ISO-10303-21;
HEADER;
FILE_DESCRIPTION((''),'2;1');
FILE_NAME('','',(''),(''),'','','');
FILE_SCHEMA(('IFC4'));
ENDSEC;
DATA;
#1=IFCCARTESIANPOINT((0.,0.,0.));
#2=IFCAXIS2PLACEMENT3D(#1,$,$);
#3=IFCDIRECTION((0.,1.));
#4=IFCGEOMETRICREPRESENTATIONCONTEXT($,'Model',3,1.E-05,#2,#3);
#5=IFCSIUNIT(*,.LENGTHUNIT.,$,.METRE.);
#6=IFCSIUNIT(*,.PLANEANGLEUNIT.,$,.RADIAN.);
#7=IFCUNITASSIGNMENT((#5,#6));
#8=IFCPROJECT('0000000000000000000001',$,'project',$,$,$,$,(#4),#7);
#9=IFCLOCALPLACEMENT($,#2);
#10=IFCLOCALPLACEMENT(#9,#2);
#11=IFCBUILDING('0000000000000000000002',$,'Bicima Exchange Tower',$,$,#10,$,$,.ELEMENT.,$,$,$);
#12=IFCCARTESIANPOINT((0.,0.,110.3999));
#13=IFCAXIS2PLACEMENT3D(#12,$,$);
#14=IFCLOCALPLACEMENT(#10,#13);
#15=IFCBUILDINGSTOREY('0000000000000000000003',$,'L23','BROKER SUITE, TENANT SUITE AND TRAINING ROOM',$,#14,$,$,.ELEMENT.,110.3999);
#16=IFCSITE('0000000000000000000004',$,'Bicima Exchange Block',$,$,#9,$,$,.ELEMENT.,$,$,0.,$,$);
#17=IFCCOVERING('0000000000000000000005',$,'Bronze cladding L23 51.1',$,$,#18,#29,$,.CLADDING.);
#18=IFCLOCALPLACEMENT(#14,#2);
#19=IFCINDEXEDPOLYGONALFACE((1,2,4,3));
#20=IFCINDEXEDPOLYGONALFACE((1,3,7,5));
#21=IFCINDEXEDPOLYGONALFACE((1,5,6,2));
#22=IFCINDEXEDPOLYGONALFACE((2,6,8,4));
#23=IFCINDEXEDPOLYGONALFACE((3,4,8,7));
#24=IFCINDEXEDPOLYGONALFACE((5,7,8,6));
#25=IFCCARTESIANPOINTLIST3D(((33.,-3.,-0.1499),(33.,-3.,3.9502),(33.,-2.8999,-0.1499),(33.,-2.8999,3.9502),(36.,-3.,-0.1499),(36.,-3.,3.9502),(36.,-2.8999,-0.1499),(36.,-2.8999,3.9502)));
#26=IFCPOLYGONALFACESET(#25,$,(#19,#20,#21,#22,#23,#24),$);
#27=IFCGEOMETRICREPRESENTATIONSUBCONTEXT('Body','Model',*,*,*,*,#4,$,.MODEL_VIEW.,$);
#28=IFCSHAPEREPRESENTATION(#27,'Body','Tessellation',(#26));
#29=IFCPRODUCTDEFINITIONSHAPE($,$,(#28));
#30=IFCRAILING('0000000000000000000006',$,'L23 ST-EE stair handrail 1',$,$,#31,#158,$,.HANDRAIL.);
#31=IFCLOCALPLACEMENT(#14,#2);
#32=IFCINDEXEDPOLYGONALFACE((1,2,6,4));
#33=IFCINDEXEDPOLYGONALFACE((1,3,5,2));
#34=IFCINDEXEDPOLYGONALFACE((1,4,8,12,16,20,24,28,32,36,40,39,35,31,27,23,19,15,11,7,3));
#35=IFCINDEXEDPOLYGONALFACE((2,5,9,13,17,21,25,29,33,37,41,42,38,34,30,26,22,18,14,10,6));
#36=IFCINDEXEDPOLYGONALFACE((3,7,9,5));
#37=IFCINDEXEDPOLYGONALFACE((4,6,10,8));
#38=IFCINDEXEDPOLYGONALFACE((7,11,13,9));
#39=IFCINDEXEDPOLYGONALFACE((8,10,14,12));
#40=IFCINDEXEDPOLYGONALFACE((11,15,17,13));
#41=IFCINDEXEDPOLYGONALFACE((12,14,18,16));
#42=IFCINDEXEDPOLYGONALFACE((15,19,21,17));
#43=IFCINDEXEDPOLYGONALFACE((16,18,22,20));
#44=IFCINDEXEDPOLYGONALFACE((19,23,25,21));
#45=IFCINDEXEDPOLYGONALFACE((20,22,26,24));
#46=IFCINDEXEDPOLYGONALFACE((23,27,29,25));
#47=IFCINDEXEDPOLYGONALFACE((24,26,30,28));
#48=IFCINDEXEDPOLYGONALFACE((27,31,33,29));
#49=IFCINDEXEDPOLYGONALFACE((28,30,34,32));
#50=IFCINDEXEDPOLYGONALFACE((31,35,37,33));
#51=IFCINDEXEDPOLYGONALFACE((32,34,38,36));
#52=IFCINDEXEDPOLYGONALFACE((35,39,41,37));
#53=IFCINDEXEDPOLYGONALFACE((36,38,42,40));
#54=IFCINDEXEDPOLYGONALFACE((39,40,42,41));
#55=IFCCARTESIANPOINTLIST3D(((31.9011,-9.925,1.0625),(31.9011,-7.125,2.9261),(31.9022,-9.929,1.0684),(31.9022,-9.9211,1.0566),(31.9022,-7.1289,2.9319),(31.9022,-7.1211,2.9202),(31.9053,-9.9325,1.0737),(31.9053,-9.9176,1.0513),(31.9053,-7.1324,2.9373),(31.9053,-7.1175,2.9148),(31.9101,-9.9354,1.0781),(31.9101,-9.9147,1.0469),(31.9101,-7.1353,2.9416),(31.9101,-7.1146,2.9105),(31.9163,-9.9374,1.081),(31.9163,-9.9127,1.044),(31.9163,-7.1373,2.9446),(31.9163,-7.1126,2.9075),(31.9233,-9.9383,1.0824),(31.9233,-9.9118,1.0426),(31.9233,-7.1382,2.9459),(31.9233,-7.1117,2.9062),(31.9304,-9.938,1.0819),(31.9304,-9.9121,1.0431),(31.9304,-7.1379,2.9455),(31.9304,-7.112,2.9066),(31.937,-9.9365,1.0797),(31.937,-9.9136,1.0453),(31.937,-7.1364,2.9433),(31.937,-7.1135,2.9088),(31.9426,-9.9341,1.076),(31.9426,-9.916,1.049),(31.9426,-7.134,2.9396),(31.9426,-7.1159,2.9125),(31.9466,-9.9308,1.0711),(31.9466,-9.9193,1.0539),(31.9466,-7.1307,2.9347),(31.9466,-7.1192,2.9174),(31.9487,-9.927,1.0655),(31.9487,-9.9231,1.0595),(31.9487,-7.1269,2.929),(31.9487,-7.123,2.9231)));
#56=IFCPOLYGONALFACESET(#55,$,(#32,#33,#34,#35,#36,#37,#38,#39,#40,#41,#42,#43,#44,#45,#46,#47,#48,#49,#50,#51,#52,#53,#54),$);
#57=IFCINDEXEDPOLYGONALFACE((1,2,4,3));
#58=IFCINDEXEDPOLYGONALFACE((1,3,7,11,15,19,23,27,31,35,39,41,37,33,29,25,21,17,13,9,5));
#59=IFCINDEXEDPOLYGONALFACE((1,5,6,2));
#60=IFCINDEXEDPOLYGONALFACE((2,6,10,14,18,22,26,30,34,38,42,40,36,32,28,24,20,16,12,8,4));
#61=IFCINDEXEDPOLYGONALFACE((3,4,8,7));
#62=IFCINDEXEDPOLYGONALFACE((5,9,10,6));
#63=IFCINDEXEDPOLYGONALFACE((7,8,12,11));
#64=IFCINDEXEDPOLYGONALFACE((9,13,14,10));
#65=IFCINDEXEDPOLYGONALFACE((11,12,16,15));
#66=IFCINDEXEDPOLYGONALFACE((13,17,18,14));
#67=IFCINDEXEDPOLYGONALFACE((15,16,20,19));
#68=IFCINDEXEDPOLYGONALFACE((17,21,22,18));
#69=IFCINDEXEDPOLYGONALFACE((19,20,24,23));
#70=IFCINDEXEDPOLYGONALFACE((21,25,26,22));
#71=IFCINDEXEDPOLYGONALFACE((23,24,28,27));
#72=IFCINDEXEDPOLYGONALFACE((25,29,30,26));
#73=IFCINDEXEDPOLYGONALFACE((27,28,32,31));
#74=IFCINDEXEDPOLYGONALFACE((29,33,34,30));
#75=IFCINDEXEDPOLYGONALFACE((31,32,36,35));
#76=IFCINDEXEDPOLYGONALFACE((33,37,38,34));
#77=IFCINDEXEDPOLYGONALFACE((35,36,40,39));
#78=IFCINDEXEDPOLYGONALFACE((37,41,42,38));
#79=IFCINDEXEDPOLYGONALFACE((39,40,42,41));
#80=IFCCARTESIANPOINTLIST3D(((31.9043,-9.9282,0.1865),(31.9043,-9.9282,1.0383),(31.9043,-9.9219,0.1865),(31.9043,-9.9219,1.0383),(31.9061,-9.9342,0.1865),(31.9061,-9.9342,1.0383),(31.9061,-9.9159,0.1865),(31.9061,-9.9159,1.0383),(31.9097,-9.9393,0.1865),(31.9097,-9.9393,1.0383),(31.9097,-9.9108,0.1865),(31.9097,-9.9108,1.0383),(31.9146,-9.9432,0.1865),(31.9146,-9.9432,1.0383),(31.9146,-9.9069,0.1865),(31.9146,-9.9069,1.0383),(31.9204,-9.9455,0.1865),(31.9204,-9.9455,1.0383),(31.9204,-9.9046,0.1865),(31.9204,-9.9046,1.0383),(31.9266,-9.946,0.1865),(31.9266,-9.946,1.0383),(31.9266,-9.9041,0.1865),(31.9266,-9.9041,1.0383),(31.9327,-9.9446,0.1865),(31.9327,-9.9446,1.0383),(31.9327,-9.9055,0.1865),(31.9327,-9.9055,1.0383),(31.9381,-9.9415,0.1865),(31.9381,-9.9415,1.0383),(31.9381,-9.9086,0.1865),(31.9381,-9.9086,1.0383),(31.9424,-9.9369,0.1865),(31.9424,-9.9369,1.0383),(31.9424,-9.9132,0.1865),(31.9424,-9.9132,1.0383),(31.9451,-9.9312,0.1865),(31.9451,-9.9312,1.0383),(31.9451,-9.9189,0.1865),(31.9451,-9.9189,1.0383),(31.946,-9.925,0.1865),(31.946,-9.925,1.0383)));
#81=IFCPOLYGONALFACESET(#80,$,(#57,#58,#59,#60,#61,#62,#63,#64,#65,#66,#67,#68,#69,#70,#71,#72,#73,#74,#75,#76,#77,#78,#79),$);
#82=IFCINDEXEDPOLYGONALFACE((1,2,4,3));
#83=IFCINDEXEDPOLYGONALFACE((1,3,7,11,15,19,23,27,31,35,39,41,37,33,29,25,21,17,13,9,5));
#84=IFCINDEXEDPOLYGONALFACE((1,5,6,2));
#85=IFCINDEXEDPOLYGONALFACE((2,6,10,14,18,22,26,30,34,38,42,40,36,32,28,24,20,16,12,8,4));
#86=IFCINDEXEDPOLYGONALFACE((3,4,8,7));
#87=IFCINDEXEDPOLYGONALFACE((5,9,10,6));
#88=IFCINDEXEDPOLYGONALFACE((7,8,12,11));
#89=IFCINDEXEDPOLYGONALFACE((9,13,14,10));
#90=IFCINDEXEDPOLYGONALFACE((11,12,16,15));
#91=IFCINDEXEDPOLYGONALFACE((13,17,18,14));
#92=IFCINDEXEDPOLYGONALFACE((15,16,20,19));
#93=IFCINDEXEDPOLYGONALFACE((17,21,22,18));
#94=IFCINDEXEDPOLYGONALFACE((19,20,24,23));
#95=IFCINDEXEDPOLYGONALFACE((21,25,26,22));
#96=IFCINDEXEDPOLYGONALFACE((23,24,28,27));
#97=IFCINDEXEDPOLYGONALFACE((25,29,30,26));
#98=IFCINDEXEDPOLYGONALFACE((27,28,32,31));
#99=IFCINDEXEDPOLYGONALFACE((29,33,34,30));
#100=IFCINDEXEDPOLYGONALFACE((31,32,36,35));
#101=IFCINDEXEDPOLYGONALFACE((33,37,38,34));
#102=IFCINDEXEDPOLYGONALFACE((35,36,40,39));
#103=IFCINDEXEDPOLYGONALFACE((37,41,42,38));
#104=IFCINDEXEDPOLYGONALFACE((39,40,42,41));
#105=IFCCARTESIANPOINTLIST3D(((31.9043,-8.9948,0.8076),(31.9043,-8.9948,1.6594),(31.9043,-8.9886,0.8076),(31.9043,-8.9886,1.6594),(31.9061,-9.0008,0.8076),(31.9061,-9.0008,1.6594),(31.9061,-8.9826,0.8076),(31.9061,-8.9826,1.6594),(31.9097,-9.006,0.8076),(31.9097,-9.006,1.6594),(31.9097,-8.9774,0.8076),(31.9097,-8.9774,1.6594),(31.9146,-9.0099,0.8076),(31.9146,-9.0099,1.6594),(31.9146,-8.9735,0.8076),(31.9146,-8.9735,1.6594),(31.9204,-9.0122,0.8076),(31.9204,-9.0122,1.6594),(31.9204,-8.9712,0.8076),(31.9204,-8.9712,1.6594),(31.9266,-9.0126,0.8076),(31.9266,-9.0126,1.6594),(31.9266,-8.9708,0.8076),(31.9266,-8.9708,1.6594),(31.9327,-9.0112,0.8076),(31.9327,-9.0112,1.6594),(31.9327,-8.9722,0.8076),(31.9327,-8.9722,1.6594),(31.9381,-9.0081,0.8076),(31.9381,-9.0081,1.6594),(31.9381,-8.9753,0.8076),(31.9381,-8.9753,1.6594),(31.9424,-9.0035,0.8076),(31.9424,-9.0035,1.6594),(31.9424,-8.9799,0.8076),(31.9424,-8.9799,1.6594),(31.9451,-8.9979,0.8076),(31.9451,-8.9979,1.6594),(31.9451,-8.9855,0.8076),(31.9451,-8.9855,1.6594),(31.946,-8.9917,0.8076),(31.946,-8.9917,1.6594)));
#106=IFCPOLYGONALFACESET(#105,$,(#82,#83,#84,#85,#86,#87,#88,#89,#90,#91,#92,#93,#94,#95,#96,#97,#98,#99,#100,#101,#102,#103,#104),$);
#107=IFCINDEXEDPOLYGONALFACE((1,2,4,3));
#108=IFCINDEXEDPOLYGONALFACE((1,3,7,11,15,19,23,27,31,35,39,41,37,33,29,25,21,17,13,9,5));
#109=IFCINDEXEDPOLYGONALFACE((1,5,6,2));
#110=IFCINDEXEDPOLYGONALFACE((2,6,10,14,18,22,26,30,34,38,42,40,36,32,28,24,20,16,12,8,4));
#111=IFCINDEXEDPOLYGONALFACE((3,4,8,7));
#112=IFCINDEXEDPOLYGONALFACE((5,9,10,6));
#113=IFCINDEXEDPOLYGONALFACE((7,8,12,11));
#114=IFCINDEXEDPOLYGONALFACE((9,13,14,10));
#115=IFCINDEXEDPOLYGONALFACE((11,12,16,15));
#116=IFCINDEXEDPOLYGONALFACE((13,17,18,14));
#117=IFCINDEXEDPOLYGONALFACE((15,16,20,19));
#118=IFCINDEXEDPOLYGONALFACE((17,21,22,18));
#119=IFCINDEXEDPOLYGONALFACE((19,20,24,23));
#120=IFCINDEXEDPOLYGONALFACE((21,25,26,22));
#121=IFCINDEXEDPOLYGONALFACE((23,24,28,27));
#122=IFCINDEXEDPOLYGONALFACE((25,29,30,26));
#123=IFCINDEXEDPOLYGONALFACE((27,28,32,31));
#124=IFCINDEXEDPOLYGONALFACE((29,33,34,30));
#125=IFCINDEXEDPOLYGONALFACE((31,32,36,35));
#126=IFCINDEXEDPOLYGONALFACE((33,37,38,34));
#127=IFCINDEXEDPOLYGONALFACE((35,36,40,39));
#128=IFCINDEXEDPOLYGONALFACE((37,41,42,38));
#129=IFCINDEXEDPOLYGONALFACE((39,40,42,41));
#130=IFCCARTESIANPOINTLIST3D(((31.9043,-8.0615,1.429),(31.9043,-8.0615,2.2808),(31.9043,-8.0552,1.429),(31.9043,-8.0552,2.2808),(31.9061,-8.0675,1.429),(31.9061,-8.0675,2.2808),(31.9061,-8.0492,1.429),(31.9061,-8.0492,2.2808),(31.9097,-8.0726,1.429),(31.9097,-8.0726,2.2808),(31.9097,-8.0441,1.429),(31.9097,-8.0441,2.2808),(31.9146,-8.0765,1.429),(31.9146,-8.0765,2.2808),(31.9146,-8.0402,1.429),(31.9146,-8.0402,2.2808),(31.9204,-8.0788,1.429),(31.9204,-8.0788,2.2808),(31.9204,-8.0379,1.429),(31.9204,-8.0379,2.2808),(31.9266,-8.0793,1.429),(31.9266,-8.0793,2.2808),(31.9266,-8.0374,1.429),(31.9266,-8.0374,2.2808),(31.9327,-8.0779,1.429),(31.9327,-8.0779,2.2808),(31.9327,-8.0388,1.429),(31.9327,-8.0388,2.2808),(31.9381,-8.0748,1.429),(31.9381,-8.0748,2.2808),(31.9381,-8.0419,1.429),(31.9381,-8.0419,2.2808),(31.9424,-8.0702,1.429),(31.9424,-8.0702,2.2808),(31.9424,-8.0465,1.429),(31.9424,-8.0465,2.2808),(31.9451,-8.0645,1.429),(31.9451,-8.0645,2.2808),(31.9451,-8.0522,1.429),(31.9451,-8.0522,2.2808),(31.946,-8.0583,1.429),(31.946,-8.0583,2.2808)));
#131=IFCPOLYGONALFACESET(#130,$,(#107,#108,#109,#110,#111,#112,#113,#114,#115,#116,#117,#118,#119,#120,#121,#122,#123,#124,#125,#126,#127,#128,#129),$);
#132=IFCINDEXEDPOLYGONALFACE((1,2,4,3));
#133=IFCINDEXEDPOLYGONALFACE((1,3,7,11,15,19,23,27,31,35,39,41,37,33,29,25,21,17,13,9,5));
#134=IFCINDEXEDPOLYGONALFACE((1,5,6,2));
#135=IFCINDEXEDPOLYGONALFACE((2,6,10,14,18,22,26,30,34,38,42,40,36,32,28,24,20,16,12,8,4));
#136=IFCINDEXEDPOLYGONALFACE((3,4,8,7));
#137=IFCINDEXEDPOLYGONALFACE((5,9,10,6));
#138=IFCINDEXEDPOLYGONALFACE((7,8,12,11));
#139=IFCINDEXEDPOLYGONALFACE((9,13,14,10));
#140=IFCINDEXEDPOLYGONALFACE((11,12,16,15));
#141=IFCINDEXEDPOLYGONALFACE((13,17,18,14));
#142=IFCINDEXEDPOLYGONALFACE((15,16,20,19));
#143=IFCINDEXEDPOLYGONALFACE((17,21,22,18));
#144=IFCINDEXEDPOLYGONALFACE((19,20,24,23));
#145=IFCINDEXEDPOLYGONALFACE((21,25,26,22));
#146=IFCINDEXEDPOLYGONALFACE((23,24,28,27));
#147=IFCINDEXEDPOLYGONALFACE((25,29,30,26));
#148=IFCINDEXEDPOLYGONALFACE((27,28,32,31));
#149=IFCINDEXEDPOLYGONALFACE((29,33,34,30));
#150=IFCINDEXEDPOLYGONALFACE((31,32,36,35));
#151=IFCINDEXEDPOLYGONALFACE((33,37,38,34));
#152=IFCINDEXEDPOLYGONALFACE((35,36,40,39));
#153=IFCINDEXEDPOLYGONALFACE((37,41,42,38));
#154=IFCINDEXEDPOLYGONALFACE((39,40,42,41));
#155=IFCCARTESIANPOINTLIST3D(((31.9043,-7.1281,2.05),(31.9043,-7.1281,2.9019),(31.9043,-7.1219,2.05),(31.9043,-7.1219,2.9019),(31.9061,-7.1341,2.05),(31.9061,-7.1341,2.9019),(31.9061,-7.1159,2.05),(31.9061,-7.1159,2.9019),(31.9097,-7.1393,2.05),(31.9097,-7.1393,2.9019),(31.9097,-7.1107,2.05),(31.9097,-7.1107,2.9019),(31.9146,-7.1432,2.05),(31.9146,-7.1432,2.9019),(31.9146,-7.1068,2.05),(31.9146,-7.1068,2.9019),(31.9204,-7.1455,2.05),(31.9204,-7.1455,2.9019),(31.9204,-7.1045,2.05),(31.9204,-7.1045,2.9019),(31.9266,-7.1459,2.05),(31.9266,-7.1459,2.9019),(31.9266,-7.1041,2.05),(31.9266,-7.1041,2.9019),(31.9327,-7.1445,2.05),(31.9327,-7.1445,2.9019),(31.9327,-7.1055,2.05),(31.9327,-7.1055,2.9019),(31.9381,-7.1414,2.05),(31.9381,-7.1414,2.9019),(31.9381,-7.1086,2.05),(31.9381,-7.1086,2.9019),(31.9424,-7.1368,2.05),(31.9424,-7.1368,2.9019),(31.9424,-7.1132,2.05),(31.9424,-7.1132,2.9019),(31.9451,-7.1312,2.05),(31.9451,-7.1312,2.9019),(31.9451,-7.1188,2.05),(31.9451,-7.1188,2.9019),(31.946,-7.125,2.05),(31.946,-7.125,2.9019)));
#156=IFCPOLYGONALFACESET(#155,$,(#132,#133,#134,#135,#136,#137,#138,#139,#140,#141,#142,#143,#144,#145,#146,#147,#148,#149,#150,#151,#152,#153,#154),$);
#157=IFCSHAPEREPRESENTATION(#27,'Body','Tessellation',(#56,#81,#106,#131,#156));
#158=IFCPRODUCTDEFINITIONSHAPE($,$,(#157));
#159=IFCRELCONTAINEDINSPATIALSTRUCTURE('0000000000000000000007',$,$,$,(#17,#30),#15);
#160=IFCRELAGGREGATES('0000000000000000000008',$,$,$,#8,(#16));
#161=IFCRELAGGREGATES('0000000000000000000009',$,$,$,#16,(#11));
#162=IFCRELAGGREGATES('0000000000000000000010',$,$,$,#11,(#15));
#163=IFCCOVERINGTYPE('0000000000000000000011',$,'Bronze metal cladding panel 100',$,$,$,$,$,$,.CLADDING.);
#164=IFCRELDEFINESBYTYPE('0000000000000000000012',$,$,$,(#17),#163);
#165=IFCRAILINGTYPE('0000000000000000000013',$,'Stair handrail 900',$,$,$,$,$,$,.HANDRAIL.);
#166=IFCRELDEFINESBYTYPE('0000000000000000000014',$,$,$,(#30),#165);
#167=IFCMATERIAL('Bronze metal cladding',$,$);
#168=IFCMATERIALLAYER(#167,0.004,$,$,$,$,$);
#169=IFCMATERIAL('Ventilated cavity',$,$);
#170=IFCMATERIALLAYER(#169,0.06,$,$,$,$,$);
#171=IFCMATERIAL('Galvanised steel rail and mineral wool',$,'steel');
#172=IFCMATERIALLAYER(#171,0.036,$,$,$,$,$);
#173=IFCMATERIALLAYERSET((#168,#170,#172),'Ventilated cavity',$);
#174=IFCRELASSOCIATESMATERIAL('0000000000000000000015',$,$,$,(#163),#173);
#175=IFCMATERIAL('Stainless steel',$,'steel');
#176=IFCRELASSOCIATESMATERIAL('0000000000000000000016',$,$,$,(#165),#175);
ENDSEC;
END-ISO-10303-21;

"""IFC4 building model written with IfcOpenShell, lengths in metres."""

from ifc_helpers import new_model, si_unit, direction, frame, origin, origin_2d, place, context, subcontext, project, spatial, rectangle, circle, extrude, material, layer, layer_set, type_object, element, save


model = new_model("IFC4")

# Units and contexts
model_context = context("Model", 3, precision=1e-05, world=origin(), true_north=direction((0.0, 1.0)))
body_context = subcontext(model_context, "Body", "Model", "MODEL_VIEW")
ifc_project = project(units=[si_unit("LENGTHUNIT", "METRE"), si_unit("PLANEANGLEUNIT", "RADIAN")], contexts=[model_context])

# Site, building, storey
site_placement = place(None, origin())
site = spatial("IfcSite", under=ifc_project, at=site_placement, Name="Bicima Exchange Block", CompositionType="ELEMENT", RefElevation=0.0)
building_placement = place(site_placement, origin())
building = spatial("IfcBuilding", under=site, at=building_placement, Name="Bicima Exchange Tower", CompositionType="ELEMENT")
storey_placement = place(building_placement, frame((0.0, 0.0, 110.3999)))
storey = spatial("IfcBuildingStorey", under=building, at=storey_placement, Name="L23", Description="BROKER SUITE, TENANT SUITE AND TRAINING ROOM", CompositionType="ELEMENT", Elevation=110.3999)

# Covering
ifc_material_1 = material(Name="Bronze metal cladding")
ifc_layer_1 = layer(ifc_material_1, 0.004)
ifc_material_2 = material(Name="Ventilated cavity")
ifc_layer_2 = layer(ifc_material_2, 0.06)
ifc_material_3 = material(Name="Galvanised steel rail and mineral wool", Category="steel")
ifc_layer_3 = layer(ifc_material_3, 0.036)
ifc_layer_set_1 = layer_set([ifc_layer_1, ifc_layer_2, ifc_layer_3], Name="Ventilated cavity")
covering_type = type_object("IfcCoveringType", Name="Bronze metal cladding panel 100", PredefinedType="CLADDING", material=ifc_layer_set_1)
covering_1_placement = place(storey_placement, frame((34.5, -2.95, -0.1499), z_axis=(0.0, 0.0, 1.0), x_axis=(-1.0, 0.0, 0.0)))
element("IfcCovering", 1, at=covering_1_placement, inside=storey, type_object=covering_type, Name="Bronze cladding L23 51.1", PredefinedType="CLADDING", context=body_context, shape_type="SweptSolid", body=[
    extrude(rectangle(XDim=3.0, YDim=0.1001, at=origin_2d()), origin(), (0.0, 0.0, 1.0), 4.1001),
])

# Railing
ifc_material_4 = material(Name="Stainless steel", Category="steel")
railing_type_1 = type_object("IfcRailingType", Name="Stair handrail 900", PredefinedType="HANDRAIL", material=ifc_material_4)
railing_1_placement = place(storey_placement, frame((31.925, -9.925, 0.1865)))
element("IfcRailing", 2, at=railing_1_placement, inside=storey, type_object=railing_type_1, Name="L23 ST-EE stair handrail 1", PredefinedType="HANDRAIL", context=body_context, shape_type="SweptSolid", body=[
    extrude(circle(Radius=0.0239, at=origin_2d()), frame((0.0, 0.0, 0.876), z_axis=(0.0, 0.832486, 0.554047), x_axis=(-1.0, 0.0, 0.0)), (0.0, 0.0, 1.0), 3.3635),
    extrude(circle(Radius=0.021, at=origin_2d()), origin(), (0.0, 0.0, 1.0), 0.8518),
    extrude(circle(Radius=0.021, at=origin_2d()), frame((0.0, 0.9333, 0.6211)), (0.0, 0.0, 1.0), 0.8518),
    extrude(circle(Radius=0.021, at=origin_2d()), frame((0.0, 1.8667, 1.2424)), (0.0, 0.0, 1.0), 0.8518),
    extrude(circle(Radius=0.021, at=origin_2d()), frame((0.0, 2.8, 1.8635)), (0.0, 0.0, 1.0), 0.8518),
])

save(model, "model.ifc")
